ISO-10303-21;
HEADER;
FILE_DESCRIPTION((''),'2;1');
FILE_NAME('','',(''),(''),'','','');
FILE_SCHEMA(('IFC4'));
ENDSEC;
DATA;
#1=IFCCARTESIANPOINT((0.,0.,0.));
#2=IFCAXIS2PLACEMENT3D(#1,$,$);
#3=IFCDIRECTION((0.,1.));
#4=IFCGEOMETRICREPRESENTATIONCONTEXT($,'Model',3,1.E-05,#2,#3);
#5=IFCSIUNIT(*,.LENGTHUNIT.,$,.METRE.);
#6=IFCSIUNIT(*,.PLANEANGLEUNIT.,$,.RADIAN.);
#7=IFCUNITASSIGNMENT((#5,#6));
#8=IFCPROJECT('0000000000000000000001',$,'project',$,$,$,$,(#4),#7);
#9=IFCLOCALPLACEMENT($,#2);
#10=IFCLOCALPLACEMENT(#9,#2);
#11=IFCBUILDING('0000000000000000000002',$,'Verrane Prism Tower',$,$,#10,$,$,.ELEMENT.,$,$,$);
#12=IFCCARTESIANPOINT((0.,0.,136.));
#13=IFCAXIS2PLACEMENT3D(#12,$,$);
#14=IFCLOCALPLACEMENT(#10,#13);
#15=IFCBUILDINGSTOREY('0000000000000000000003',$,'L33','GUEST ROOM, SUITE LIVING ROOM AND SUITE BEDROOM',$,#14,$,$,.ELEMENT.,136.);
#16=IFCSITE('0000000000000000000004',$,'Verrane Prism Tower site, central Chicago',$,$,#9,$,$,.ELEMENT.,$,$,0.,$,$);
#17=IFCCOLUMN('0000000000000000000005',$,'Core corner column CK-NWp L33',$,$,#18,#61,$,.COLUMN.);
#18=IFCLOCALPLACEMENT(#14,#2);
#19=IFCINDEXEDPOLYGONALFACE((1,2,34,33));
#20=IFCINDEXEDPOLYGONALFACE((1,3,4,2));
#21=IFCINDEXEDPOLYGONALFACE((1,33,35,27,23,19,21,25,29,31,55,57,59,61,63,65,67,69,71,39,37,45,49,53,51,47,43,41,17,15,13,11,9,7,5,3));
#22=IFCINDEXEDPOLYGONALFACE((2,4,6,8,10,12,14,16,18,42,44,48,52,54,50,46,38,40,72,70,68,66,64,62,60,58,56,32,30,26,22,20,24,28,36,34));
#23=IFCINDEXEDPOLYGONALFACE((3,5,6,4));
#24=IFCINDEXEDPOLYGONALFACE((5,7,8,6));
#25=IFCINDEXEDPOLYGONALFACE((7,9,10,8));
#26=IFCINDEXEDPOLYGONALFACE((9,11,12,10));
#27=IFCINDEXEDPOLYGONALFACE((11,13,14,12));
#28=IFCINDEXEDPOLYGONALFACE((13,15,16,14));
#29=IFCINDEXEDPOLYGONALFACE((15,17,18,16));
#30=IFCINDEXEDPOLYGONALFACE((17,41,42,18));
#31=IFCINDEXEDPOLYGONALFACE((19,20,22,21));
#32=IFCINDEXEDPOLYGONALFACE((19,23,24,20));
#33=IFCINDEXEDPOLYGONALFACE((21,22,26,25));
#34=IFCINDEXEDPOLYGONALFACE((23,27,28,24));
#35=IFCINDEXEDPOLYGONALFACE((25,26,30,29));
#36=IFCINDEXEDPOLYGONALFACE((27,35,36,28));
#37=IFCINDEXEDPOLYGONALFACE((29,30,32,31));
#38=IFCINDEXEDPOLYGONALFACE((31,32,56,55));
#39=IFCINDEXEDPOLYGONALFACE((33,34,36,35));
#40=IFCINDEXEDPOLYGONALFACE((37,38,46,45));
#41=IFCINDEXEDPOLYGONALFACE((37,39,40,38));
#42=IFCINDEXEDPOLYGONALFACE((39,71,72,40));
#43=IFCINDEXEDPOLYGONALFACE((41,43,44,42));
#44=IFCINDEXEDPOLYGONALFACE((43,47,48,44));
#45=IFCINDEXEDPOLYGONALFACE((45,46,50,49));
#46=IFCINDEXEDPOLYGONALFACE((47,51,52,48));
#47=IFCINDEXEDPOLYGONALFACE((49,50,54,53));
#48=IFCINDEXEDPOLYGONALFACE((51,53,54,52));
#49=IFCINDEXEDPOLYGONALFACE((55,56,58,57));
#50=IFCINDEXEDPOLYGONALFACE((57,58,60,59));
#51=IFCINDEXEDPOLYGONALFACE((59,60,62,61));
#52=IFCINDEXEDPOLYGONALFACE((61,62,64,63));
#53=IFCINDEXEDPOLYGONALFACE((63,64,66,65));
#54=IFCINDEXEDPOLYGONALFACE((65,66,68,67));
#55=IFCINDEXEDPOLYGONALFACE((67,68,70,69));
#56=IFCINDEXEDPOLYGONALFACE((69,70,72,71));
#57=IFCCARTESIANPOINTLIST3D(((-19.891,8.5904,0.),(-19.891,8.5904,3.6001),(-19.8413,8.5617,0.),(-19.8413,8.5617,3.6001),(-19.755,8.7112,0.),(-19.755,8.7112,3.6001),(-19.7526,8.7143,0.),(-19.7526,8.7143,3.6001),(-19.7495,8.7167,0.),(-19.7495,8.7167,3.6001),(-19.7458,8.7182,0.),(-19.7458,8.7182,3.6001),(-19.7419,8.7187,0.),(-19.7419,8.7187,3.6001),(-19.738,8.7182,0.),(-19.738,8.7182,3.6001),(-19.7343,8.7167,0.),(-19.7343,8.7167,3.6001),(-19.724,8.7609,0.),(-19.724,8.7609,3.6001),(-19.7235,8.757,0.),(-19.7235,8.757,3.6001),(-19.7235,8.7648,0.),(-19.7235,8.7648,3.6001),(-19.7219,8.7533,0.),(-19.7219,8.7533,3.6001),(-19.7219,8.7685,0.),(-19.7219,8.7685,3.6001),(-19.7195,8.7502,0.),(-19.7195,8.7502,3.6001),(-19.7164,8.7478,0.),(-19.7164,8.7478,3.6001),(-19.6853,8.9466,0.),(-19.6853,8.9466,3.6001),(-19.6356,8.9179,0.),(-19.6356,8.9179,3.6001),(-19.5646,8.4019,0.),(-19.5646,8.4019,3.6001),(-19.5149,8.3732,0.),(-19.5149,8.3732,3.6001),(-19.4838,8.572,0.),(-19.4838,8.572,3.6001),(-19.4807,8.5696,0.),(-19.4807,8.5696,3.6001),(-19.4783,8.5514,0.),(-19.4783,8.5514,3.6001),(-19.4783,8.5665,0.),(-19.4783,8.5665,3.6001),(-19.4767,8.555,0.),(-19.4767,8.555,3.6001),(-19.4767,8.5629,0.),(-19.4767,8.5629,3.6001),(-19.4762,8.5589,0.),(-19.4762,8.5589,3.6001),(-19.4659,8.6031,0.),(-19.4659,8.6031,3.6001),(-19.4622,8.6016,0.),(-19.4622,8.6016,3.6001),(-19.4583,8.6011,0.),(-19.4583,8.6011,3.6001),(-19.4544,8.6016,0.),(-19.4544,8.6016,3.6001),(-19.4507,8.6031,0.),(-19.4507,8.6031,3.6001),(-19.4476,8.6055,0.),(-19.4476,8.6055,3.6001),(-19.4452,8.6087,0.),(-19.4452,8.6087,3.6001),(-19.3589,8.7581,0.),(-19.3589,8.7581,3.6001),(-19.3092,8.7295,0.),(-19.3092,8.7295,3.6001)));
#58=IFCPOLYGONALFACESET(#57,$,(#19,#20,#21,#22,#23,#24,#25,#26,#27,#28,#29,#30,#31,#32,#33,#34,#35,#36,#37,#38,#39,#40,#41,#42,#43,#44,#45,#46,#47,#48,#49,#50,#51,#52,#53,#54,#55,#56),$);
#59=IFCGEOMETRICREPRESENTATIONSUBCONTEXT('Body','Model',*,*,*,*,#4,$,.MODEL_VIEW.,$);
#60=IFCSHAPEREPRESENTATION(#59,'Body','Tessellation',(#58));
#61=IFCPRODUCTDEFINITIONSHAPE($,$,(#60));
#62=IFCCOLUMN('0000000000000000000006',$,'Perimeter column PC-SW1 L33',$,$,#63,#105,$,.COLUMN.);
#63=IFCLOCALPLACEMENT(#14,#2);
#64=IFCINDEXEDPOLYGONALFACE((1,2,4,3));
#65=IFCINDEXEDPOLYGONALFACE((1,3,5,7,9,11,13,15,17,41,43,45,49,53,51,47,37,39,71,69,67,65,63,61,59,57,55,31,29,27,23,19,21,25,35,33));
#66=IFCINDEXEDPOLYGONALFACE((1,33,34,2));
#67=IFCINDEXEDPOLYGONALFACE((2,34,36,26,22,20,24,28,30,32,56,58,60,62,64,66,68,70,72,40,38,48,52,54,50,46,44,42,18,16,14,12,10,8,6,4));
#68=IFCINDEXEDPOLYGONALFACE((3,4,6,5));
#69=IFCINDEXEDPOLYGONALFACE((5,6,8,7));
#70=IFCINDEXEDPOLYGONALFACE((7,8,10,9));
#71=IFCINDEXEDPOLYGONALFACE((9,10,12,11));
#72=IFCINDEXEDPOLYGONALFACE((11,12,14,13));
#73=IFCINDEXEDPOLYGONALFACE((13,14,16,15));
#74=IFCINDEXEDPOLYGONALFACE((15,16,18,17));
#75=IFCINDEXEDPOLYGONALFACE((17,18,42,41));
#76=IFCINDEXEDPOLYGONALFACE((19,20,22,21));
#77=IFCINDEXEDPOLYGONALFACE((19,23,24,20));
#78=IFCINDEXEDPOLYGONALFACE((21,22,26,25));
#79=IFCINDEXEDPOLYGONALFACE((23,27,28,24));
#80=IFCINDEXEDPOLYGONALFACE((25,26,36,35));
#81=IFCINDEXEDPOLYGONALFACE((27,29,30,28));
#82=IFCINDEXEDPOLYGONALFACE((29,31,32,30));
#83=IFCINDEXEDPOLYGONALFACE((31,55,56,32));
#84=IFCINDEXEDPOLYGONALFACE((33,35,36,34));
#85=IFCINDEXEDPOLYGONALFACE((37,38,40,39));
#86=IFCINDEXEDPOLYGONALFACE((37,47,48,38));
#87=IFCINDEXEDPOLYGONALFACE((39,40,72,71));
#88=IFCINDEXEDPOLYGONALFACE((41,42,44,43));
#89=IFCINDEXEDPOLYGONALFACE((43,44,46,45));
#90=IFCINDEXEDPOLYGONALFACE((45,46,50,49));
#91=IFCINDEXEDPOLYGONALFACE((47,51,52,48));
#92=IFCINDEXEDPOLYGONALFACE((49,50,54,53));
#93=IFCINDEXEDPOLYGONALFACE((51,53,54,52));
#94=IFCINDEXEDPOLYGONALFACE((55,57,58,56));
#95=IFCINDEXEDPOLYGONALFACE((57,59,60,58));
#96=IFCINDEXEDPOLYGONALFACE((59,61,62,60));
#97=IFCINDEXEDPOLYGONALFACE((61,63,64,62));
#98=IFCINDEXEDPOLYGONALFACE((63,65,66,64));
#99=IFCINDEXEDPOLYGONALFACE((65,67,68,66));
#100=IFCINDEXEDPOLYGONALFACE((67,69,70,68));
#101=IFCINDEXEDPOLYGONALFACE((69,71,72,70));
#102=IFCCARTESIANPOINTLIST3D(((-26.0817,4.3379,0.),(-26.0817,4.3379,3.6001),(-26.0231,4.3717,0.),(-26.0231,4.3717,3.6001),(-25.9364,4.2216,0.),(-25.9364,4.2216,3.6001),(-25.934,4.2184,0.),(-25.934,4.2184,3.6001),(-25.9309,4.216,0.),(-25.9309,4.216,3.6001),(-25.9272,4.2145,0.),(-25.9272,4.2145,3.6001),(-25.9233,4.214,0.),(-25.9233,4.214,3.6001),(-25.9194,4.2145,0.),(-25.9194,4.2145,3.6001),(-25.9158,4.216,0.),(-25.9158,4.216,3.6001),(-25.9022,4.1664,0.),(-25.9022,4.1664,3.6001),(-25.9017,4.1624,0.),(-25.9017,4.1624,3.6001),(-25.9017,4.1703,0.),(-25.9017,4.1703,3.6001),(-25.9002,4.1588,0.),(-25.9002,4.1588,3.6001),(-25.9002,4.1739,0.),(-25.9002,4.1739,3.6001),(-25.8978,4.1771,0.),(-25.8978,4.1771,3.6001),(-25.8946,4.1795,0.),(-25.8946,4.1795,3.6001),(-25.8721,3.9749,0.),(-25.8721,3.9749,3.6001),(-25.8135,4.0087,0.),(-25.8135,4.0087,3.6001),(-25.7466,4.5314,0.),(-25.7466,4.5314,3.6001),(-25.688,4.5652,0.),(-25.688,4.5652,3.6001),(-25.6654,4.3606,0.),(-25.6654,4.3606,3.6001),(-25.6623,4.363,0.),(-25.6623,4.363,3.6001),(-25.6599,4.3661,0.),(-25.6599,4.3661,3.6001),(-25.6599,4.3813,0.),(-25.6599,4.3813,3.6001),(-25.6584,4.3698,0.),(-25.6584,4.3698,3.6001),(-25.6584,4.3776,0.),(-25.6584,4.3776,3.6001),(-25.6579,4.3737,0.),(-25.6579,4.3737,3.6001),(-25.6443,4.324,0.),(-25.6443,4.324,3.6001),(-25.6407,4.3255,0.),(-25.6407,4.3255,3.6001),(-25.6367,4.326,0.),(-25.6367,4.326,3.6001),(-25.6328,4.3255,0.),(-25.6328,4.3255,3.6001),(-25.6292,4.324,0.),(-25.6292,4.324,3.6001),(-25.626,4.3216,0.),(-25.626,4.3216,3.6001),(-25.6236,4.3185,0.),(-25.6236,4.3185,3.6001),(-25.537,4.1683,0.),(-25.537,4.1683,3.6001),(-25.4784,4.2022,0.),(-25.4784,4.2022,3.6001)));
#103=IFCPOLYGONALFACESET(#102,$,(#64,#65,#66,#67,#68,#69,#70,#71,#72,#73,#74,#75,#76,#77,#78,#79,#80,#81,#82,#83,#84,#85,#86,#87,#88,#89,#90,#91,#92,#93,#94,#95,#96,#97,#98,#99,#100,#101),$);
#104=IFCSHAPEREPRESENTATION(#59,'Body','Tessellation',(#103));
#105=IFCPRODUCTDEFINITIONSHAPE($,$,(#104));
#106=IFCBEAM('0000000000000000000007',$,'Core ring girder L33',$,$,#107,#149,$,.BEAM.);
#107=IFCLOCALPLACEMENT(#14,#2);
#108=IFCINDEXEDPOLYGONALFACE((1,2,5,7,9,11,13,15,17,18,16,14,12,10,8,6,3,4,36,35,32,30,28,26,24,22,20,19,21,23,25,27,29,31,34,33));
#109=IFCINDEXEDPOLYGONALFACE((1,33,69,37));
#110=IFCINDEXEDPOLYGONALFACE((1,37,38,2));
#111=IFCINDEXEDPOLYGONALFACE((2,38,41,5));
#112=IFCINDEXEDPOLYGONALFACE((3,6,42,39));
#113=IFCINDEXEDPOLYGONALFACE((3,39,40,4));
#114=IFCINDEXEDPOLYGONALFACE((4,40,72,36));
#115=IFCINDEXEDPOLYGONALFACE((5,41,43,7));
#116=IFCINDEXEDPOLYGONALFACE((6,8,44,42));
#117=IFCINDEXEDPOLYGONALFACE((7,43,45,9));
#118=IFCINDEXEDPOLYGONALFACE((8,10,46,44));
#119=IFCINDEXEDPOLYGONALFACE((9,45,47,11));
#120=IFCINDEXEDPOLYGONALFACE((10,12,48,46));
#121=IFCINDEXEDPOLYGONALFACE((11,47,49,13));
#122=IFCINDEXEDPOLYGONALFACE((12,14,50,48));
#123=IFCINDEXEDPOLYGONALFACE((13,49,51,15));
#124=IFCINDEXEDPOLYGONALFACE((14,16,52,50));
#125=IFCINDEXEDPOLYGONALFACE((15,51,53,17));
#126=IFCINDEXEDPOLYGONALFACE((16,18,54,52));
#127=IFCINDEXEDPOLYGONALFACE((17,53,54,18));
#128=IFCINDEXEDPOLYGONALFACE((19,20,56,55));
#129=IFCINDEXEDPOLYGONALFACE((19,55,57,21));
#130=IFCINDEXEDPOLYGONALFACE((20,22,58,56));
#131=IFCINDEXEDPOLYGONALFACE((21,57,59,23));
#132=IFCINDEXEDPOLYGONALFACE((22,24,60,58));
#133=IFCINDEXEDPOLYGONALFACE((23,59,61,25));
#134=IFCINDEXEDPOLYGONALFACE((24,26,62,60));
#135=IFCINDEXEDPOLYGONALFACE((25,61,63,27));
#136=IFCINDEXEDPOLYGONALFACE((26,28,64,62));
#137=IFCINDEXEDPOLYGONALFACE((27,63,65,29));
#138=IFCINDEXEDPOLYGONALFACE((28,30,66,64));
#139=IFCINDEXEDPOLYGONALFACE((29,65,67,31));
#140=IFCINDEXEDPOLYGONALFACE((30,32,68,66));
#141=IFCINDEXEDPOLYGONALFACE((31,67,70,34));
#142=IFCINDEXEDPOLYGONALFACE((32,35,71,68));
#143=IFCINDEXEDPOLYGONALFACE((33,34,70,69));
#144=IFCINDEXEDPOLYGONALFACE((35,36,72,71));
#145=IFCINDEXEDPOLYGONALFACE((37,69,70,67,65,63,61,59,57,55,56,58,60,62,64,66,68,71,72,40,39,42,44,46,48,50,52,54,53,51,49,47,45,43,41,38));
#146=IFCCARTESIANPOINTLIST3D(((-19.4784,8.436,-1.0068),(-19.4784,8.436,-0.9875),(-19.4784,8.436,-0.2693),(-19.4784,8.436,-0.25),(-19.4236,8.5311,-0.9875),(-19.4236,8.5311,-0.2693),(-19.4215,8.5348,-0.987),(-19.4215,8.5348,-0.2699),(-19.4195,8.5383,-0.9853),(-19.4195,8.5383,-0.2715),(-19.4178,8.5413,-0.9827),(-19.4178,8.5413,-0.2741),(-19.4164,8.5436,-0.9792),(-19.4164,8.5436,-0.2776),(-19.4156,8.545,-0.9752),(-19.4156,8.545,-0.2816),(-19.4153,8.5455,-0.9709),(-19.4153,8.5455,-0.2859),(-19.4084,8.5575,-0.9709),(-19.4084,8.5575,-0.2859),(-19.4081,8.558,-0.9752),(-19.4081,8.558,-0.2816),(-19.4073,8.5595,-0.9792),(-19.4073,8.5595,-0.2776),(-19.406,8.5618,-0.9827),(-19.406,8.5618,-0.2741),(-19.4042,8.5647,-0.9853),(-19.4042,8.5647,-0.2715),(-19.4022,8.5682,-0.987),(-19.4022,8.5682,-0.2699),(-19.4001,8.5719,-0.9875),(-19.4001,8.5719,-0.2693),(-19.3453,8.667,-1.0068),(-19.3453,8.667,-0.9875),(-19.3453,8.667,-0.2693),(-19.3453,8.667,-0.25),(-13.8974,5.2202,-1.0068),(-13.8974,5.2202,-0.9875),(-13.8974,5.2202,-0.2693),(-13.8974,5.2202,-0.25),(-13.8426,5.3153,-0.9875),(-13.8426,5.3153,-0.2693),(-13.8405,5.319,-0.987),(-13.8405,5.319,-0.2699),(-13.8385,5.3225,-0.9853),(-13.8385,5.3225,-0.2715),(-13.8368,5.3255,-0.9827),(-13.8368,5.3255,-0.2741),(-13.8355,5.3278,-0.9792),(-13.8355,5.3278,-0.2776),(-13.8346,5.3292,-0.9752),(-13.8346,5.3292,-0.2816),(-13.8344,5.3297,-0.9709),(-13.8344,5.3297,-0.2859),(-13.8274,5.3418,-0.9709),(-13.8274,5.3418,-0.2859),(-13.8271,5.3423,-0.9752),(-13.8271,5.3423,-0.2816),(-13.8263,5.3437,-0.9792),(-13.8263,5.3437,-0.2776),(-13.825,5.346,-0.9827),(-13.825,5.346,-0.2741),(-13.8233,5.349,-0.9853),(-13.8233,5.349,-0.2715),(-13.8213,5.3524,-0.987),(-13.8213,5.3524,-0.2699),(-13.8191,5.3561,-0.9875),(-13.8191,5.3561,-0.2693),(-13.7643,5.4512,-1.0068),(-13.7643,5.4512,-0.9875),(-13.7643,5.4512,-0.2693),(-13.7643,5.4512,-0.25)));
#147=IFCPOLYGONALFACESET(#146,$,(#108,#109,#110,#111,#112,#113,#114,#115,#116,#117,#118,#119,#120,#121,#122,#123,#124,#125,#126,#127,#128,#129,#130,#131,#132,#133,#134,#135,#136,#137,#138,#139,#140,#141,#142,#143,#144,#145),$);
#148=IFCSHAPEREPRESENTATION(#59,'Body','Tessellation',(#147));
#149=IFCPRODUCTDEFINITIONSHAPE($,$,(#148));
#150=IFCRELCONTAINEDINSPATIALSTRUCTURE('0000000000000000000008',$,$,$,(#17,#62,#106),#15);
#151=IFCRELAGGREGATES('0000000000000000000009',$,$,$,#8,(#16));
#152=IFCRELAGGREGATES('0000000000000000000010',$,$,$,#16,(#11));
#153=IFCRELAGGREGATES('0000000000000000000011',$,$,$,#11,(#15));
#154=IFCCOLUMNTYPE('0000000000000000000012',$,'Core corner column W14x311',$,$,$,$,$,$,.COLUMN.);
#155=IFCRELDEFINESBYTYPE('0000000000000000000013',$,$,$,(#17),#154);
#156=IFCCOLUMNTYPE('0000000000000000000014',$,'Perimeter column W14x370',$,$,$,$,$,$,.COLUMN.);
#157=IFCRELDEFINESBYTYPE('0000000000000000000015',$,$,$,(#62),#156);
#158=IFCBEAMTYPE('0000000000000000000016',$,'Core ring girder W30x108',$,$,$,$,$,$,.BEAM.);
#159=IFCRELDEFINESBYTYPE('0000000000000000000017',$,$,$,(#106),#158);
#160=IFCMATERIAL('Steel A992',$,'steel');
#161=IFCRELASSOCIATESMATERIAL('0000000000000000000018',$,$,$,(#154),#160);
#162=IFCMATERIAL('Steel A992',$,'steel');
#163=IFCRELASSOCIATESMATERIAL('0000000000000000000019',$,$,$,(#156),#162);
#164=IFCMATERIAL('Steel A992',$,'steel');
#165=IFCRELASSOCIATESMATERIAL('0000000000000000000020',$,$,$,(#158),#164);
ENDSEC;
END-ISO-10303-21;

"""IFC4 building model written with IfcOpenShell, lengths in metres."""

from ifc_helpers import new_model, si_unit, direction, frame, origin, origin_2d, place, context, subcontext, project, spatial, i_section, extrude, material, material_profile, profile_set, type_object, element, save


model = new_model("IFC4")

# Units and contexts
model_context = context("Model", 3, precision=1e-05, world=origin(), true_north=direction((0.0, 1.0)))
body_context = subcontext(model_context, "Body", "Model", "MODEL_VIEW")
ifc_project = project(units=[si_unit("LENGTHUNIT", "METRE"), si_unit("PLANEANGLEUNIT", "RADIAN")], contexts=[model_context])

# Site, building, storey
site_placement = place(None, origin())
site = spatial("IfcSite", under=ifc_project, at=site_placement, Name="Verrane Prism Tower site, central Chicago", CompositionType="ELEMENT", RefElevation=0.0)
building_placement = place(site_placement, origin())
building = spatial("IfcBuilding", under=site, at=building_placement, Name="Verrane Prism Tower", CompositionType="ELEMENT")
storey_placement = place(building_placement, frame((0.0, 0.0, 136.0)))
storey = spatial("IfcBuildingStorey", under=building, at=storey_placement, Name="L33", Description="GUEST ROOM, SUITE LIVING ROOM AND SUITE BEDROOM", CompositionType="ELEMENT", Elevation=136.0)

# Columns
ifc_material_1 = material(Name="Steel A992", Category="steel")
ifc_material_profile_1 = material_profile(ifc_material_1, i_section(OverallWidth=0.4114, OverallDepth=0.4343, WebThickness=0.0359, FlangeThickness=0.0574, FilletRadius=0.0151, at=origin_2d()), Name="W14x311")
ifc_profile_set_1 = profile_set([ifc_material_profile_1], Name="Steel A992")
column_type_1 = type_object("IfcColumnType", Name="Core corner column W14x311", PredefinedType="COLUMN", material=ifc_profile_set_1)
column_1_placement = place(storey_placement, frame((-19.6001, 8.6599, 0.0), z_axis=(0.0, 0.0, 1.0), x_axis=(0.5, 0.866025, 0.0)))
element("IfcColumn", 1, at=column_1_placement, inside=storey, type_object=column_type_1, Name="Core corner column CK-NWp L33", PredefinedType="COLUMN", context=body_context, shape_type="SweptSolid", body=[
    extrude(i_section(OverallWidth=0.4114, OverallDepth=0.4343, WebThickness=0.0359, FlangeThickness=0.0574, FilletRadius=0.0151, at=origin_2d()), origin(), (0.0, 0.0, 1.0), 3.6001),
])
ifc_material_2 = material(Name="Steel A992", Category="steel")
ifc_material_profile_2 = material_profile(ifc_material_2, i_section(OverallWidth=0.4192, OverallDepth=0.4546, WebThickness=0.0422, FlangeThickness=0.0676, FilletRadius=0.0151, at=origin_2d()), Name="W14x370")
ifc_profile_set_2 = profile_set([ifc_material_profile_2], Name="Steel A992")
column_type_2 = type_object("IfcColumnType", Name="Perimeter column W14x370", PredefinedType="COLUMN", material=ifc_profile_set_2)
column_2_placement = place(storey_placement, frame((-25.78, 4.27, 0.0), z_axis=(0.0, 0.0, 1.0), x_axis=(-0.5, 0.866025, 0.0)))
element("IfcColumn", 2, at=column_2_placement, inside=storey, type_object=column_type_2, Name="Perimeter column PC-SW1 L33", PredefinedType="COLUMN", context=body_context, shape_type="SweptSolid", body=[
    extrude(i_section(OverallWidth=0.4192, OverallDepth=0.4546, WebThickness=0.0422, FlangeThickness=0.0676, FilletRadius=0.0151, at=origin_2d()), origin(), (0.0, 0.0, 1.0), 3.6001),
])

# Beam
ifc_material_3 = material(Name="Steel A992", Category="steel")
ifc_material_profile_3 = material_profile(ifc_material_3, i_section(OverallWidth=0.2666, OverallDepth=0.7568, WebThickness=0.0139, FlangeThickness=0.0193, FilletRadius=0.0166, at=origin_2d()), Name="W30x108")
ifc_profile_set_3 = profile_set([ifc_material_profile_3], Name="Steel A992")
beam_type_1 = type_object("IfcBeamType", Name="Core ring girder W30x108", PredefinedType="BEAM", material=ifc_profile_set_3)
beam_1_placement = place(storey_placement, frame((-19.4119, 8.5515, -0.6284), z_axis=(0.866456, -0.499254, 0.0), x_axis=(0.499254, 0.866456, 0.0)))
element("IfcBeam", 3, at=beam_1_placement, inside=storey, type_object=beam_type_1, Name="Core ring girder L33", PredefinedType="BEAM", context=body_context, shape_type="SweptSolid", body=[
    extrude(i_section(OverallWidth=0.2666, OverallDepth=0.7568, WebThickness=0.0139, FlangeThickness=0.0193, FilletRadius=0.0166, at=origin_2d()), origin(), (0.0, 0.0, 1.0), 6.4412),
])

save(model, "model.ifc")
